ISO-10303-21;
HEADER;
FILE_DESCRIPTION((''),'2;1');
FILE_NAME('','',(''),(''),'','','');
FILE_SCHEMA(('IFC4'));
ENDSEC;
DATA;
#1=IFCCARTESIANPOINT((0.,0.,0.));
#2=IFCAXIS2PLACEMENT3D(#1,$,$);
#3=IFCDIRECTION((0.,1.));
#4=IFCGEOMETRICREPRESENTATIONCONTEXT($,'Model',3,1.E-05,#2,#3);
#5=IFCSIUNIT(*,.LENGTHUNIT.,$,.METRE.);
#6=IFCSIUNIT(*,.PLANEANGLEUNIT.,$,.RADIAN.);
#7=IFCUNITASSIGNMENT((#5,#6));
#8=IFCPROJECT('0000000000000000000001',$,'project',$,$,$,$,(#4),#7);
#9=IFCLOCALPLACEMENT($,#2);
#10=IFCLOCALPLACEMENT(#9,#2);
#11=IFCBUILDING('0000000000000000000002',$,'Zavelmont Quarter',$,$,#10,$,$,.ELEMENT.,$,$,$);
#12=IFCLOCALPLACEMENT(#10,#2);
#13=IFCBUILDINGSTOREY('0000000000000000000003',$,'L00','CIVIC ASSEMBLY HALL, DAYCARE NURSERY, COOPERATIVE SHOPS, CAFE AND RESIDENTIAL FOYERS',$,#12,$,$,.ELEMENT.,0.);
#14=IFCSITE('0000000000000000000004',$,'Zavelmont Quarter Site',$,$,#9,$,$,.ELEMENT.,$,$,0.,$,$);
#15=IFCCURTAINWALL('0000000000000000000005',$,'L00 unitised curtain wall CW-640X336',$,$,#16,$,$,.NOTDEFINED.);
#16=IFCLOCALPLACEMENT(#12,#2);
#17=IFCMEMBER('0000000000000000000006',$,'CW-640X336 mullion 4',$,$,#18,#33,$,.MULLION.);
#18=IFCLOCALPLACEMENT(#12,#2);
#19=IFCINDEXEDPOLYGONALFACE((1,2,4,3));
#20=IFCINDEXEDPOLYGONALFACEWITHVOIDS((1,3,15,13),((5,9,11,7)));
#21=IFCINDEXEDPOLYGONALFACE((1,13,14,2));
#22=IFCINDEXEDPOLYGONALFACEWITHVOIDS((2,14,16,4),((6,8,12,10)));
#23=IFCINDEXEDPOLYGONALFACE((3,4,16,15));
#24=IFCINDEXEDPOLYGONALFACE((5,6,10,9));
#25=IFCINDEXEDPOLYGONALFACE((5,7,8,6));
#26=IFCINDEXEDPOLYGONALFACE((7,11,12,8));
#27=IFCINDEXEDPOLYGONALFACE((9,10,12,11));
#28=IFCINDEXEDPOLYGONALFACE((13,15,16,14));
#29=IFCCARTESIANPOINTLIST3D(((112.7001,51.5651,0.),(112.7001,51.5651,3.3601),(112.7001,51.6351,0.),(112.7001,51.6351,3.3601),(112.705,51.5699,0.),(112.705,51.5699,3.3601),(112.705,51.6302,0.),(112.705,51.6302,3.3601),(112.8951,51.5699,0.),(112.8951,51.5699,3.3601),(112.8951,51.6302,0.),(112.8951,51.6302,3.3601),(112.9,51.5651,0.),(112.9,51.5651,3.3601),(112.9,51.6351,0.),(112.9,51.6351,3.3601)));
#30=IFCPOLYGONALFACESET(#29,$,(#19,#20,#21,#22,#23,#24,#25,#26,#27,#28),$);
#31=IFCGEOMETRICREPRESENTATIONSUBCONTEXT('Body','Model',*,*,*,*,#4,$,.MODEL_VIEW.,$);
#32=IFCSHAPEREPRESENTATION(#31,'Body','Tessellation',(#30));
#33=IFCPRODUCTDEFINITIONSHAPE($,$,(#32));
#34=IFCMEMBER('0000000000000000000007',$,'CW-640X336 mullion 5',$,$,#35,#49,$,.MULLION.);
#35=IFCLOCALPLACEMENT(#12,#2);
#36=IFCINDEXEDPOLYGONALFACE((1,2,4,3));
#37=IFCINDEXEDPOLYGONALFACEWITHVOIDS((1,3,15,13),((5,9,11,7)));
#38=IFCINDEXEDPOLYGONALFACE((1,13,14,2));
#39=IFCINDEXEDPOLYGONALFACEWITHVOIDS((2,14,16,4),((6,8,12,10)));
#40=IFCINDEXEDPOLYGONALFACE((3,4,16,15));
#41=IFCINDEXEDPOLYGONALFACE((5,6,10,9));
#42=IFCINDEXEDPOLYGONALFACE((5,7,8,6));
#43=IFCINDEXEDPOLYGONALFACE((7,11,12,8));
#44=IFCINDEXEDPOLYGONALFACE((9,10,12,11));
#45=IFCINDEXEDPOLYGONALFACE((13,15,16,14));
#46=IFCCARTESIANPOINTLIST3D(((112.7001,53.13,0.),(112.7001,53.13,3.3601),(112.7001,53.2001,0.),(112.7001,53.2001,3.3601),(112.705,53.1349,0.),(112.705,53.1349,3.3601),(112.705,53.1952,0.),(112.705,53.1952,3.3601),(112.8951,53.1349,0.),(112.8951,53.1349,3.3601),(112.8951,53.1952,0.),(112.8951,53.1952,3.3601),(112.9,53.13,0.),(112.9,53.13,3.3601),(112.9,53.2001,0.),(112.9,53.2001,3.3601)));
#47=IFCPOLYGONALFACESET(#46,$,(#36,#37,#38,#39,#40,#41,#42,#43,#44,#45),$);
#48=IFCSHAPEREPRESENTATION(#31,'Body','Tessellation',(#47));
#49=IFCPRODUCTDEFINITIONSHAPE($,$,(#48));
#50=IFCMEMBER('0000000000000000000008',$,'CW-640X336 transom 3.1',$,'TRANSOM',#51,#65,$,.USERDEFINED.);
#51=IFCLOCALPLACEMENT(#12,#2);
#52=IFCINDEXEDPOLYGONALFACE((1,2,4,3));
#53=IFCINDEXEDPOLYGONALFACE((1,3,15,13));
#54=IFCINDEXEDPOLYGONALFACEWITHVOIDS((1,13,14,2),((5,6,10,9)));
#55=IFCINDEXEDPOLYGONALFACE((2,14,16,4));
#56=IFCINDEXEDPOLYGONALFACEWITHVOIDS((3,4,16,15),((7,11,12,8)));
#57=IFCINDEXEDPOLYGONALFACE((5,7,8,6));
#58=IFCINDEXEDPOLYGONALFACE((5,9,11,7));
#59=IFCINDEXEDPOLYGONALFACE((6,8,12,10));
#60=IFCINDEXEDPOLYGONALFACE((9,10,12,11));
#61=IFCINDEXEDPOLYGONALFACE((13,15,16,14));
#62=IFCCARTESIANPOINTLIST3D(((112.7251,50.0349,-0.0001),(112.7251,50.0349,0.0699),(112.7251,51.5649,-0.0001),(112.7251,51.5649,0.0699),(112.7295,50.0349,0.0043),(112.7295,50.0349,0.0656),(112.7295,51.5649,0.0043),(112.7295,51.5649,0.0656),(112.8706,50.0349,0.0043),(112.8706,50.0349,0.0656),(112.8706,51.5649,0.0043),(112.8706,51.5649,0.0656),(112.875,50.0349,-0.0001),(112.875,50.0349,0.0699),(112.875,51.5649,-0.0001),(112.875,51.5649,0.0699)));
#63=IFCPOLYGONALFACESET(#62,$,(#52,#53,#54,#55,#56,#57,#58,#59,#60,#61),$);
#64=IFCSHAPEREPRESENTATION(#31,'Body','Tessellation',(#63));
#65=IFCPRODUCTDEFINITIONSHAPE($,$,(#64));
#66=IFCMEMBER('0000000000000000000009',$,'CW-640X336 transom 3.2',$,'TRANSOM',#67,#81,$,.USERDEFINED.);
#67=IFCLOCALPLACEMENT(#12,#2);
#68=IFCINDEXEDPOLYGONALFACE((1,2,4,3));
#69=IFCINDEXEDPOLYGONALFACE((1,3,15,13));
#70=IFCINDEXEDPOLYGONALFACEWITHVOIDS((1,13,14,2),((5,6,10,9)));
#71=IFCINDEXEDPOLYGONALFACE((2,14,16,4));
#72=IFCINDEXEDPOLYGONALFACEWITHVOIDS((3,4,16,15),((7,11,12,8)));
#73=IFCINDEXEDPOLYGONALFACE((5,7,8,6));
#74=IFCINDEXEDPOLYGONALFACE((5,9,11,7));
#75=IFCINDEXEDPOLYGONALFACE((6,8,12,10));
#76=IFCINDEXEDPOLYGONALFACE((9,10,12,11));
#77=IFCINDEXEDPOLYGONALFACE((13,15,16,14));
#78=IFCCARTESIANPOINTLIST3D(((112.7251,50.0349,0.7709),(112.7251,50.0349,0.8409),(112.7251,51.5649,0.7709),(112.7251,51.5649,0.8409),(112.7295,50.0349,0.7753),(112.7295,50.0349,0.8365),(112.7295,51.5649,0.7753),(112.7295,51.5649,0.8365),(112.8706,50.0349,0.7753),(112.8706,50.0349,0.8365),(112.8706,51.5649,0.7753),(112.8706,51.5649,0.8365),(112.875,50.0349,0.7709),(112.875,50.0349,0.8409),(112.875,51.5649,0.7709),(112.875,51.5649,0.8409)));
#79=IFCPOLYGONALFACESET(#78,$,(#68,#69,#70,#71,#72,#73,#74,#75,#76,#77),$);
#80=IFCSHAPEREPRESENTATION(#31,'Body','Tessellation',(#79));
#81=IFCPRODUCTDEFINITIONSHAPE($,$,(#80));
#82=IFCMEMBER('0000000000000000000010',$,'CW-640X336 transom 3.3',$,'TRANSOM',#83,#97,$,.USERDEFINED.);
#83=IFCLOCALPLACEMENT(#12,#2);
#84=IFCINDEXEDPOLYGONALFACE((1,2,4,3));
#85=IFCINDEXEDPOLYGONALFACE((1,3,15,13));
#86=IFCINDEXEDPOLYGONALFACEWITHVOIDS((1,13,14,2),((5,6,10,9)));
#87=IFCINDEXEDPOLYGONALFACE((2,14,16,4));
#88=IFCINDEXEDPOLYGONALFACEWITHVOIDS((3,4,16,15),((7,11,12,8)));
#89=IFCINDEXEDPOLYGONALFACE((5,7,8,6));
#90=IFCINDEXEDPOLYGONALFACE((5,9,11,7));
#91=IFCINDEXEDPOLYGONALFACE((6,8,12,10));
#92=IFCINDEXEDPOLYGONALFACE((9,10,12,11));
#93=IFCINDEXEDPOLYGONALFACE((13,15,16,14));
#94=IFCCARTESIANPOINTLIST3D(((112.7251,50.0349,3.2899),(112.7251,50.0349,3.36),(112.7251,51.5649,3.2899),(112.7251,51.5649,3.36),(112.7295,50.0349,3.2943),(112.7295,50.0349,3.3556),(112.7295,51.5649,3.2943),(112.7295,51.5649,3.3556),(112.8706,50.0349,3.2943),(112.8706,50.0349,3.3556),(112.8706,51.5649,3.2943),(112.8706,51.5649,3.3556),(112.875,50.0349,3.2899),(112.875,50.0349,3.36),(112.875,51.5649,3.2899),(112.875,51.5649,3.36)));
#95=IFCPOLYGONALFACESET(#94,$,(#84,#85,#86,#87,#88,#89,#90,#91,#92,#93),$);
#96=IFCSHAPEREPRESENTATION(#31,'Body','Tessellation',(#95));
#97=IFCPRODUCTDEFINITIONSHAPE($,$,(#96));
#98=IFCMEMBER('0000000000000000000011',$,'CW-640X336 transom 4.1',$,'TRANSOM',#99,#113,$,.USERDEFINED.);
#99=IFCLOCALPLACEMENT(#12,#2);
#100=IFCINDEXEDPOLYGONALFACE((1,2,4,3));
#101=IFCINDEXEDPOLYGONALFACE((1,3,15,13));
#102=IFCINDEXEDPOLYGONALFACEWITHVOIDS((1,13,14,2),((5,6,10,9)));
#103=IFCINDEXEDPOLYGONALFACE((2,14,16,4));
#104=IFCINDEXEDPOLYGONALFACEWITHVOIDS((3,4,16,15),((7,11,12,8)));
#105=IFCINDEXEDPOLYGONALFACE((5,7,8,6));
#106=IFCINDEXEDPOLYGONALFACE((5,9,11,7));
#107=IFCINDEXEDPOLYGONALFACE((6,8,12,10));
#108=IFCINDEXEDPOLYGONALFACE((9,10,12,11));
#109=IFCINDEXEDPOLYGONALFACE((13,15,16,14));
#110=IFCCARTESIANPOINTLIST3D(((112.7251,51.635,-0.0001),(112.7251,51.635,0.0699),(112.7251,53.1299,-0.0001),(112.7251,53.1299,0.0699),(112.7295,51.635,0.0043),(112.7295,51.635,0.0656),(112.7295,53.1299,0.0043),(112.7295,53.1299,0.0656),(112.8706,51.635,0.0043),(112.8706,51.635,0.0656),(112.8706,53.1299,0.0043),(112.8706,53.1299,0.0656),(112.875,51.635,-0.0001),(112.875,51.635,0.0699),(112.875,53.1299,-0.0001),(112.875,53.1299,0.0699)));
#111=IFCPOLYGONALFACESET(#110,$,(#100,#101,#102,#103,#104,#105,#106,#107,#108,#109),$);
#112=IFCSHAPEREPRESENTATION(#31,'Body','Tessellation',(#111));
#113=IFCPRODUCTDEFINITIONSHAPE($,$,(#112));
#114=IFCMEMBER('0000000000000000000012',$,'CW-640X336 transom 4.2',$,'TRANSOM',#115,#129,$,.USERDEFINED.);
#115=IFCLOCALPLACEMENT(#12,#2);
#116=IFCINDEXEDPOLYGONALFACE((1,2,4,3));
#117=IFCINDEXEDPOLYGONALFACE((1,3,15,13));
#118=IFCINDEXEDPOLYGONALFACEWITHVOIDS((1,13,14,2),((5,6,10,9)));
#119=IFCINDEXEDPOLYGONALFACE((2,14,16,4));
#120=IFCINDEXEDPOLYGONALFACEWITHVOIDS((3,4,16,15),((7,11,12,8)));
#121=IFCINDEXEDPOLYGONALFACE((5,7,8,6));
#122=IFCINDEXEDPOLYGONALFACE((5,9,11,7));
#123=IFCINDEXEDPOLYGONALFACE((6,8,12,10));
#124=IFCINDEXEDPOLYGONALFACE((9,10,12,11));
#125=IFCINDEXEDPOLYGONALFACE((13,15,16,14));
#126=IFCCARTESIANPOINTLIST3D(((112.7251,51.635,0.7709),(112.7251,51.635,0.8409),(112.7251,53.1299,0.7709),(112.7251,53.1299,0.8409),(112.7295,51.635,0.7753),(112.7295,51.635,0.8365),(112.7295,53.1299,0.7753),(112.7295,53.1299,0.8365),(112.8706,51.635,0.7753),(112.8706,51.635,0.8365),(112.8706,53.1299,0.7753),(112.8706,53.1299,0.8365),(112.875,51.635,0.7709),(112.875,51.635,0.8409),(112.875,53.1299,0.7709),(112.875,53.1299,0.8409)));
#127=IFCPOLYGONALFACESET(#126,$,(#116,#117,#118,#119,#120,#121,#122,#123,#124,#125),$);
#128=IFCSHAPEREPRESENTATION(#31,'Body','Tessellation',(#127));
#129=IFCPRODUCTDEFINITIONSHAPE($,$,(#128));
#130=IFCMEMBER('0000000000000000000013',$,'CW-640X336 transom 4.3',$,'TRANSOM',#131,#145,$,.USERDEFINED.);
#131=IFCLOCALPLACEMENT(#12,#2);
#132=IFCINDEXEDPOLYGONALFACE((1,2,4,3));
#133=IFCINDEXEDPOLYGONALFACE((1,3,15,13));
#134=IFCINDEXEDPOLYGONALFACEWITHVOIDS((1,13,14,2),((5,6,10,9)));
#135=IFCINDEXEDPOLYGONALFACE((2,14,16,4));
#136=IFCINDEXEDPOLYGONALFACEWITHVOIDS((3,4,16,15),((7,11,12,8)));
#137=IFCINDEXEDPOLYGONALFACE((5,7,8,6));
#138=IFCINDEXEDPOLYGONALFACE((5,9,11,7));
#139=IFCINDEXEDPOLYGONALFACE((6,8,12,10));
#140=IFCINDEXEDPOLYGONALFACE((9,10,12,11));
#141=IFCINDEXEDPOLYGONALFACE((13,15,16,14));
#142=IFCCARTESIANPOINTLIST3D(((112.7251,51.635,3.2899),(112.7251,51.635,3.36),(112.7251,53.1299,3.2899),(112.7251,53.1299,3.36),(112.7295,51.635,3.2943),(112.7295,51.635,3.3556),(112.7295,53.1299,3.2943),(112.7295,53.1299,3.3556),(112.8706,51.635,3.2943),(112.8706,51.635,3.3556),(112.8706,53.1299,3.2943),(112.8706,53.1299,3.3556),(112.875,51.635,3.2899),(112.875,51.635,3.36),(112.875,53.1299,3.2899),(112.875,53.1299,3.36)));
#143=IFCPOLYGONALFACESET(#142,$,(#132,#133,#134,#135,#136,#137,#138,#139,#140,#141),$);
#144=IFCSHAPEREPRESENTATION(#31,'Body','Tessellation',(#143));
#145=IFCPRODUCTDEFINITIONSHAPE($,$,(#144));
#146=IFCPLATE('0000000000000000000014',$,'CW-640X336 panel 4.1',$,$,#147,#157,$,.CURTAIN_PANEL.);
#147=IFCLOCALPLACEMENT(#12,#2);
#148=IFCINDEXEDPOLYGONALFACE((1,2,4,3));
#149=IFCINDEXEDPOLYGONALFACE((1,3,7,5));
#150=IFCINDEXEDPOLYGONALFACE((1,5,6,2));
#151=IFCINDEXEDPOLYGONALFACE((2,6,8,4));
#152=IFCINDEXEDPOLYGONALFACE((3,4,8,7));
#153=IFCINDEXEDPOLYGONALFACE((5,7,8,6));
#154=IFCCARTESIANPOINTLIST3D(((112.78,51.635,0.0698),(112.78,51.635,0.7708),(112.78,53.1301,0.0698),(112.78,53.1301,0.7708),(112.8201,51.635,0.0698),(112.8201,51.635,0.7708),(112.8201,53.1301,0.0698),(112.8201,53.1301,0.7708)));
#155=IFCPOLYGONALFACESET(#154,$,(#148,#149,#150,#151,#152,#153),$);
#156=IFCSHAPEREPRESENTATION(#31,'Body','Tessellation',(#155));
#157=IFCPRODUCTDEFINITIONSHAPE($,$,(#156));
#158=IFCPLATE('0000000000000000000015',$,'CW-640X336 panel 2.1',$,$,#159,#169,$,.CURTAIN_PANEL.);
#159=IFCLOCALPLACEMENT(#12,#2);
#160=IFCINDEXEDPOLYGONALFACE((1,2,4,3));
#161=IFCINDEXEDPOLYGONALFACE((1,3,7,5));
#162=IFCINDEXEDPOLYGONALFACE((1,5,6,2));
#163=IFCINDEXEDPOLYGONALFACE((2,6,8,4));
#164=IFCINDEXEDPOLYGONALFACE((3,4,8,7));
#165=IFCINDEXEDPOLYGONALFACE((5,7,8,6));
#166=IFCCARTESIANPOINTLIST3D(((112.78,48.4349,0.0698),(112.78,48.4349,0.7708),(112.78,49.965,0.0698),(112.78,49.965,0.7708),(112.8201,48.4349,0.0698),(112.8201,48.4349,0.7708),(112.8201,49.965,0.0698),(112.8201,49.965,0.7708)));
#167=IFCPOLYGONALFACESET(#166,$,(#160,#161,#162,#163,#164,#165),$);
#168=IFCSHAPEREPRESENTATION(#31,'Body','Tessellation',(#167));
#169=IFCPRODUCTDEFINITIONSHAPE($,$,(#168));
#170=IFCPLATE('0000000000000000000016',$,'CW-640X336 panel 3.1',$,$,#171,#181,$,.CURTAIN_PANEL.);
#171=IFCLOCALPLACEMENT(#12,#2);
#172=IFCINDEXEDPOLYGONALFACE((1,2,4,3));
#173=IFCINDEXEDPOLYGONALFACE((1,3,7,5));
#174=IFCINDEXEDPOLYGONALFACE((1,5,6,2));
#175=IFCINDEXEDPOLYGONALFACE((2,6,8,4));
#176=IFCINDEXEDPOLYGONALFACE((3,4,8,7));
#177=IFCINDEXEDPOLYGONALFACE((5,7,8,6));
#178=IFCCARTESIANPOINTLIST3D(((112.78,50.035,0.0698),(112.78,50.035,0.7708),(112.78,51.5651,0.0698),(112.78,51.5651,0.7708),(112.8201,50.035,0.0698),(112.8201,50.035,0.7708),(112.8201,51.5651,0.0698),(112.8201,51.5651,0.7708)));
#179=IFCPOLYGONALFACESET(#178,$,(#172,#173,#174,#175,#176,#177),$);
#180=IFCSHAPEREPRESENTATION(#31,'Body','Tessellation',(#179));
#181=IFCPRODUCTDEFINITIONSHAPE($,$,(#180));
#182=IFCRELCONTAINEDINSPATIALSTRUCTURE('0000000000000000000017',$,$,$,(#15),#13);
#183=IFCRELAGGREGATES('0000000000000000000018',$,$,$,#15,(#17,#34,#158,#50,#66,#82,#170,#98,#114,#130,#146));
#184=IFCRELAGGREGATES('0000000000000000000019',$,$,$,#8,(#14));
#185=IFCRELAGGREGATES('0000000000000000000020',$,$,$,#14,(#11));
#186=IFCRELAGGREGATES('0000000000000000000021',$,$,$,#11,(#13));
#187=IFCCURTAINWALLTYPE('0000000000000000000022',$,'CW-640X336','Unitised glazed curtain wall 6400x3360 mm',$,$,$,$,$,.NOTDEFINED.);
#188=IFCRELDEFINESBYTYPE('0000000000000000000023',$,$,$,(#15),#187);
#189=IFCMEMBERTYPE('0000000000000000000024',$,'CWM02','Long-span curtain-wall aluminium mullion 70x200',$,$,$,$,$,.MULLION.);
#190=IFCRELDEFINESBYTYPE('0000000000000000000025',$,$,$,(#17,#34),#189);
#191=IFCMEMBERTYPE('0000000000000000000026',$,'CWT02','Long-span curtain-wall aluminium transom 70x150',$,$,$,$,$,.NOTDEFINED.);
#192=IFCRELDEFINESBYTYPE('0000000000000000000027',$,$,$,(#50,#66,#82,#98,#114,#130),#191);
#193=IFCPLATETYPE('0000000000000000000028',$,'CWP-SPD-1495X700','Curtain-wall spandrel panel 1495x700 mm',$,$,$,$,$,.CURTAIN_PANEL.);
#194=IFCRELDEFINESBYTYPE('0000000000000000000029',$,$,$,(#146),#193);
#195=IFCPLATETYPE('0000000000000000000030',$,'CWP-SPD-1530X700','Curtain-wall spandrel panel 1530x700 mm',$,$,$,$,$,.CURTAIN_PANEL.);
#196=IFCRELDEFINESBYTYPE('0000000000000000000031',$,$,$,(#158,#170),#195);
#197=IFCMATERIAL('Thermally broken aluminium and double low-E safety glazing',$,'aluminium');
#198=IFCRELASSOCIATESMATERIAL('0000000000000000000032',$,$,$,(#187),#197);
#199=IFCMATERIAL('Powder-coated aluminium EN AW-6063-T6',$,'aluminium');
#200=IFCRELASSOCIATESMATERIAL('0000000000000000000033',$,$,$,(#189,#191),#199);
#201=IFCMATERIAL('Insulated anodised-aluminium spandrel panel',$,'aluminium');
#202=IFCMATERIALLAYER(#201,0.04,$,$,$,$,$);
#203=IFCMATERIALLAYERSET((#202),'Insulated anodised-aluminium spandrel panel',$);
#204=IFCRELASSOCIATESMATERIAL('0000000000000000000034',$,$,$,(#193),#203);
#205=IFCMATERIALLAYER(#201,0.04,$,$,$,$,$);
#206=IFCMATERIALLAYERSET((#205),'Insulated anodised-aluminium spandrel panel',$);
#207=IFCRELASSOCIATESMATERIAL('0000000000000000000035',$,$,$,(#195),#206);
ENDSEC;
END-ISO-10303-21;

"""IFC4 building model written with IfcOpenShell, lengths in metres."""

from ifc_helpers import new_model, si_unit, direction, frame, origin, origin_2d, place, context, subcontext, project, spatial, rectangle, hollow_rectangle, extrude, material, layer, layer_set, material_profile, profile_set, type_object, element, aggregate, save


model = new_model("IFC4")

# Units and contexts
model_context = context("Model", 3, precision=1e-05, world=origin(), true_north=direction((0.0, 1.0)))
body_context = subcontext(model_context, "Body", "Model", "MODEL_VIEW")
ifc_project = project(units=[si_unit("LENGTHUNIT", "METRE"), si_unit("PLANEANGLEUNIT", "RADIAN")], contexts=[model_context])

# Site, building, storey
site_placement = place(None, origin())
site = spatial("IfcSite", under=ifc_project, at=site_placement, Name="Zavelmont Quarter Site", CompositionType="ELEMENT", RefElevation=0.0)
building_placement = place(site_placement, origin())
building = spatial("IfcBuilding", under=site, at=building_placement, Name="Zavelmont Quarter", CompositionType="ELEMENT")
storey_placement = place(building_placement, origin())
storey = spatial("IfcBuildingStorey", under=building, at=storey_placement, Name="L00", Description="CIVIC ASSEMBLY HALL, DAYCARE NURSERY, COOPERATIVE SHOPS, CAFE AND RESIDENTIAL FOYERS", CompositionType="ELEMENT", Elevation=0.0)

# Curtain wall, members, plates
ifc_material_1 = material(Name="Thermally broken aluminium and double low-E safety glazing", Category="aluminium")
curtain_wall_type = type_object("IfcCurtainWallType", Name="CW-640X336", Description="Unitised glazed curtain wall 6400x3360 mm", PredefinedType="NOTDEFINED", material=ifc_material_1)
curtain_wall_placement = place(storey_placement, origin())
curtain_wall = element("IfcCurtainWall", 1, at=curtain_wall_placement, inside=storey, type_object=curtain_wall_type, Name="L00 unitised curtain wall CW-640X336", PredefinedType="NOTDEFINED")
ifc_material_2 = material(Name="Powder-coated aluminium EN AW-6063-T6", Category="aluminium")
ifc_material_profile_1 = material_profile(ifc_material_2, hollow_rectangle(XDim=0.0701, YDim=0.2, WallThickness=0.0049, at=origin_2d()), Name="CWM70X200")
ifc_profile_set_1 = profile_set([ifc_material_profile_1], Name="Powder-coated aluminium EN AW-6063-T6")
member_type_1 = type_object("IfcMemberType", Name="CWM02", Description="Long-span curtain-wall aluminium mullion 70x200", PredefinedType="MULLION", material=ifc_profile_set_1)
member_1_placement = place(storey_placement, frame((112.8, 51.6001, 0.0), z_axis=(0.0, 0.0, 1.0), x_axis=(0.0, 1.0, 0.0)))
member_1 = element("IfcMember", 2, at=member_1_placement, type_object=member_type_1, Name="CW-640X336 mullion 4", PredefinedType="MULLION", context=body_context, shape_type="SweptSolid", body=[
    extrude(hollow_rectangle(XDim=0.0701, YDim=0.2, WallThickness=0.0049, at=origin_2d()), origin(), (0.0, 0.0, 1.0), 3.3601),
])
member_2_placement = place(storey_placement, frame((112.8, 53.165, 0.0), z_axis=(0.0, 0.0, 1.0), x_axis=(0.0, 1.0, 0.0)))
member_2 = element("IfcMember", 3, at=member_2_placement, type_object=member_type_1, Name="CW-640X336 mullion 5", PredefinedType="MULLION", context=body_context, shape_type="SweptSolid", body=[
    extrude(hollow_rectangle(XDim=0.0701, YDim=0.2, WallThickness=0.0049, at=origin_2d()), origin(), (0.0, 0.0, 1.0), 3.3601),
])
ifc_material_profile_2 = material_profile(ifc_material_2, hollow_rectangle(XDim=0.1499, YDim=0.0701, WallThickness=0.0044, at=origin_2d()), Name="CWT70X150")
ifc_profile_set_2 = profile_set([ifc_material_profile_2], Name="Powder-coated aluminium EN AW-6063-T6")
member_type_2 = type_object("IfcMemberType", Name="CWT02", Description="Long-span curtain-wall aluminium transom 70x150", PredefinedType="NOTDEFINED", material=ifc_profile_set_2)
member_3_placement = place(storey_placement, frame((112.8, 50.0349, 0.0349), z_axis=(0.0, 1.0, 0.0), x_axis=(-1.0, 0.0, 0.0)))
member_3 = element("IfcMember", 4, at=member_3_placement, type_object=member_type_2, Name="CW-640X336 transom 3.1", ObjectType="TRANSOM", PredefinedType="USERDEFINED", context=body_context, shape_type="SweptSolid", body=[
    extrude(hollow_rectangle(XDim=0.1499, YDim=0.0701, WallThickness=0.0044, at=origin_2d()), origin(), (0.0, 0.0, 1.0), 1.53),
])
member_4_placement = place(storey_placement, frame((112.8, 50.0349, 0.8059), z_axis=(0.0, 1.0, 0.0), x_axis=(-1.0, 0.0, 0.0)))
member_4 = element("IfcMember", 5, at=member_4_placement, type_object=member_type_2, Name="CW-640X336 transom 3.2", ObjectType="TRANSOM", PredefinedType="USERDEFINED", context=body_context, shape_type="SweptSolid", body=[
    extrude(hollow_rectangle(XDim=0.1499, YDim=0.0701, WallThickness=0.0044, at=origin_2d()), origin(), (0.0, 0.0, 1.0), 1.53),
])
member_5_placement = place(storey_placement, frame((112.8, 50.0349, 3.325), z_axis=(0.0, 1.0, 0.0), x_axis=(-1.0, 0.0, 0.0)))
member_5 = element("IfcMember", 6, at=member_5_placement, type_object=member_type_2, Name="CW-640X336 transom 3.3", ObjectType="TRANSOM", PredefinedType="USERDEFINED", context=body_context, shape_type="SweptSolid", body=[
    extrude(hollow_rectangle(XDim=0.1499, YDim=0.0701, WallThickness=0.0044, at=origin_2d()), origin(), (0.0, 0.0, 1.0), 1.53),
])
member_6_placement = place(storey_placement, frame((112.8, 51.635, 0.0349), z_axis=(0.0, 1.0, 0.0), x_axis=(-1.0, 0.0, 0.0)))
member_6 = element("IfcMember", 7, at=member_6_placement, type_object=member_type_2, Name="CW-640X336 transom 4.1", ObjectType="TRANSOM", PredefinedType="USERDEFINED", context=body_context, shape_type="SweptSolid", body=[
    extrude(hollow_rectangle(XDim=0.1499, YDim=0.0701, WallThickness=0.0044, at=origin_2d()), origin(), (0.0, 0.0, 1.0), 1.4949),
])
member_7_placement = place(storey_placement, frame((112.8, 51.635, 0.8059), z_axis=(0.0, 1.0, 0.0), x_axis=(-1.0, 0.0, 0.0)))
member_7 = element("IfcMember", 8, at=member_7_placement, type_object=member_type_2, Name="CW-640X336 transom 4.2", ObjectType="TRANSOM", PredefinedType="USERDEFINED", context=body_context, shape_type="SweptSolid", body=[
    extrude(hollow_rectangle(XDim=0.1499, YDim=0.0701, WallThickness=0.0044, at=origin_2d()), origin(), (0.0, 0.0, 1.0), 1.4949),
])
member_8_placement = place(storey_placement, frame((112.8, 51.635, 3.325), z_axis=(0.0, 1.0, 0.0), x_axis=(-1.0, 0.0, 0.0)))
member_8 = element("IfcMember", 9, at=member_8_placement, type_object=member_type_2, Name="CW-640X336 transom 4.3", ObjectType="TRANSOM", PredefinedType="USERDEFINED", context=body_context, shape_type="SweptSolid", body=[
    extrude(hollow_rectangle(XDim=0.1499, YDim=0.0701, WallThickness=0.0044, at=origin_2d()), origin(), (0.0, 0.0, 1.0), 1.4949),
])
ifc_material_3 = material(Name="Insulated anodised-aluminium spandrel panel", Category="aluminium")
ifc_layer_1 = layer(ifc_material_3, 0.04)
ifc_layer_set_1 = layer_set([ifc_layer_1], Name="Insulated anodised-aluminium spandrel panel")
plate_type_1 = type_object("IfcPlateType", Name="CWP-SPD-1495X700", Description="Curtain-wall spandrel panel 1495x700 mm", PredefinedType="CURTAIN_PANEL", material=ifc_layer_set_1)
plate_1_placement = place(storey_placement, frame((112.8, 52.3826, 0.0698), z_axis=(0.0, 0.0, 1.0), x_axis=(0.0, 1.0, 0.0)))
plate_1 = element("IfcPlate", 10, at=plate_1_placement, type_object=plate_type_1, Name="CW-640X336 panel 4.1", PredefinedType="CURTAIN_PANEL", context=body_context, shape_type="SweptSolid", body=[
    extrude(rectangle(XDim=1.4951, YDim=0.04, at=origin_2d()), origin(), (0.0, 0.0, 1.0), 0.7009),
])
ifc_layer_2 = layer(ifc_material_3, 0.04)
ifc_layer_set_2 = layer_set([ifc_layer_2], Name="Insulated anodised-aluminium spandrel panel")
plate_type_2 = type_object("IfcPlateType", Name="CWP-SPD-1530X700", Description="Curtain-wall spandrel panel 1530x700 mm", PredefinedType="CURTAIN_PANEL", material=ifc_layer_set_2)
plate_2_placement = place(storey_placement, frame((112.8, 49.2, 0.0698), z_axis=(0.0, 0.0, 1.0), x_axis=(0.0, 1.0, 0.0)))
plate_2 = element("IfcPlate", 11, at=plate_2_placement, type_object=plate_type_2, Name="CW-640X336 panel 2.1", PredefinedType="CURTAIN_PANEL", context=body_context, shape_type="SweptSolid", body=[
    extrude(rectangle(XDim=1.53, YDim=0.04, at=origin_2d()), origin(), (0.0, 0.0, 1.0), 0.7009),
])
plate_3_placement = place(storey_placement, frame((112.8, 50.8, 0.0698), z_axis=(0.0, 0.0, 1.0), x_axis=(0.0, 1.0, 0.0)))
plate_3 = element("IfcPlate", 12, at=plate_3_placement, type_object=plate_type_2, Name="CW-640X336 panel 3.1", PredefinedType="CURTAIN_PANEL", context=body_context, shape_type="SweptSolid", body=[
    extrude(rectangle(XDim=1.53, YDim=0.04, at=origin_2d()), origin(), (0.0, 0.0, 1.0), 0.7009),
])
aggregate(curtain_wall, [member_1, member_2, plate_2, member_3, member_4, member_5, plate_3, member_6, member_7, member_8, plate_1])

save(model, "model.ifc")
